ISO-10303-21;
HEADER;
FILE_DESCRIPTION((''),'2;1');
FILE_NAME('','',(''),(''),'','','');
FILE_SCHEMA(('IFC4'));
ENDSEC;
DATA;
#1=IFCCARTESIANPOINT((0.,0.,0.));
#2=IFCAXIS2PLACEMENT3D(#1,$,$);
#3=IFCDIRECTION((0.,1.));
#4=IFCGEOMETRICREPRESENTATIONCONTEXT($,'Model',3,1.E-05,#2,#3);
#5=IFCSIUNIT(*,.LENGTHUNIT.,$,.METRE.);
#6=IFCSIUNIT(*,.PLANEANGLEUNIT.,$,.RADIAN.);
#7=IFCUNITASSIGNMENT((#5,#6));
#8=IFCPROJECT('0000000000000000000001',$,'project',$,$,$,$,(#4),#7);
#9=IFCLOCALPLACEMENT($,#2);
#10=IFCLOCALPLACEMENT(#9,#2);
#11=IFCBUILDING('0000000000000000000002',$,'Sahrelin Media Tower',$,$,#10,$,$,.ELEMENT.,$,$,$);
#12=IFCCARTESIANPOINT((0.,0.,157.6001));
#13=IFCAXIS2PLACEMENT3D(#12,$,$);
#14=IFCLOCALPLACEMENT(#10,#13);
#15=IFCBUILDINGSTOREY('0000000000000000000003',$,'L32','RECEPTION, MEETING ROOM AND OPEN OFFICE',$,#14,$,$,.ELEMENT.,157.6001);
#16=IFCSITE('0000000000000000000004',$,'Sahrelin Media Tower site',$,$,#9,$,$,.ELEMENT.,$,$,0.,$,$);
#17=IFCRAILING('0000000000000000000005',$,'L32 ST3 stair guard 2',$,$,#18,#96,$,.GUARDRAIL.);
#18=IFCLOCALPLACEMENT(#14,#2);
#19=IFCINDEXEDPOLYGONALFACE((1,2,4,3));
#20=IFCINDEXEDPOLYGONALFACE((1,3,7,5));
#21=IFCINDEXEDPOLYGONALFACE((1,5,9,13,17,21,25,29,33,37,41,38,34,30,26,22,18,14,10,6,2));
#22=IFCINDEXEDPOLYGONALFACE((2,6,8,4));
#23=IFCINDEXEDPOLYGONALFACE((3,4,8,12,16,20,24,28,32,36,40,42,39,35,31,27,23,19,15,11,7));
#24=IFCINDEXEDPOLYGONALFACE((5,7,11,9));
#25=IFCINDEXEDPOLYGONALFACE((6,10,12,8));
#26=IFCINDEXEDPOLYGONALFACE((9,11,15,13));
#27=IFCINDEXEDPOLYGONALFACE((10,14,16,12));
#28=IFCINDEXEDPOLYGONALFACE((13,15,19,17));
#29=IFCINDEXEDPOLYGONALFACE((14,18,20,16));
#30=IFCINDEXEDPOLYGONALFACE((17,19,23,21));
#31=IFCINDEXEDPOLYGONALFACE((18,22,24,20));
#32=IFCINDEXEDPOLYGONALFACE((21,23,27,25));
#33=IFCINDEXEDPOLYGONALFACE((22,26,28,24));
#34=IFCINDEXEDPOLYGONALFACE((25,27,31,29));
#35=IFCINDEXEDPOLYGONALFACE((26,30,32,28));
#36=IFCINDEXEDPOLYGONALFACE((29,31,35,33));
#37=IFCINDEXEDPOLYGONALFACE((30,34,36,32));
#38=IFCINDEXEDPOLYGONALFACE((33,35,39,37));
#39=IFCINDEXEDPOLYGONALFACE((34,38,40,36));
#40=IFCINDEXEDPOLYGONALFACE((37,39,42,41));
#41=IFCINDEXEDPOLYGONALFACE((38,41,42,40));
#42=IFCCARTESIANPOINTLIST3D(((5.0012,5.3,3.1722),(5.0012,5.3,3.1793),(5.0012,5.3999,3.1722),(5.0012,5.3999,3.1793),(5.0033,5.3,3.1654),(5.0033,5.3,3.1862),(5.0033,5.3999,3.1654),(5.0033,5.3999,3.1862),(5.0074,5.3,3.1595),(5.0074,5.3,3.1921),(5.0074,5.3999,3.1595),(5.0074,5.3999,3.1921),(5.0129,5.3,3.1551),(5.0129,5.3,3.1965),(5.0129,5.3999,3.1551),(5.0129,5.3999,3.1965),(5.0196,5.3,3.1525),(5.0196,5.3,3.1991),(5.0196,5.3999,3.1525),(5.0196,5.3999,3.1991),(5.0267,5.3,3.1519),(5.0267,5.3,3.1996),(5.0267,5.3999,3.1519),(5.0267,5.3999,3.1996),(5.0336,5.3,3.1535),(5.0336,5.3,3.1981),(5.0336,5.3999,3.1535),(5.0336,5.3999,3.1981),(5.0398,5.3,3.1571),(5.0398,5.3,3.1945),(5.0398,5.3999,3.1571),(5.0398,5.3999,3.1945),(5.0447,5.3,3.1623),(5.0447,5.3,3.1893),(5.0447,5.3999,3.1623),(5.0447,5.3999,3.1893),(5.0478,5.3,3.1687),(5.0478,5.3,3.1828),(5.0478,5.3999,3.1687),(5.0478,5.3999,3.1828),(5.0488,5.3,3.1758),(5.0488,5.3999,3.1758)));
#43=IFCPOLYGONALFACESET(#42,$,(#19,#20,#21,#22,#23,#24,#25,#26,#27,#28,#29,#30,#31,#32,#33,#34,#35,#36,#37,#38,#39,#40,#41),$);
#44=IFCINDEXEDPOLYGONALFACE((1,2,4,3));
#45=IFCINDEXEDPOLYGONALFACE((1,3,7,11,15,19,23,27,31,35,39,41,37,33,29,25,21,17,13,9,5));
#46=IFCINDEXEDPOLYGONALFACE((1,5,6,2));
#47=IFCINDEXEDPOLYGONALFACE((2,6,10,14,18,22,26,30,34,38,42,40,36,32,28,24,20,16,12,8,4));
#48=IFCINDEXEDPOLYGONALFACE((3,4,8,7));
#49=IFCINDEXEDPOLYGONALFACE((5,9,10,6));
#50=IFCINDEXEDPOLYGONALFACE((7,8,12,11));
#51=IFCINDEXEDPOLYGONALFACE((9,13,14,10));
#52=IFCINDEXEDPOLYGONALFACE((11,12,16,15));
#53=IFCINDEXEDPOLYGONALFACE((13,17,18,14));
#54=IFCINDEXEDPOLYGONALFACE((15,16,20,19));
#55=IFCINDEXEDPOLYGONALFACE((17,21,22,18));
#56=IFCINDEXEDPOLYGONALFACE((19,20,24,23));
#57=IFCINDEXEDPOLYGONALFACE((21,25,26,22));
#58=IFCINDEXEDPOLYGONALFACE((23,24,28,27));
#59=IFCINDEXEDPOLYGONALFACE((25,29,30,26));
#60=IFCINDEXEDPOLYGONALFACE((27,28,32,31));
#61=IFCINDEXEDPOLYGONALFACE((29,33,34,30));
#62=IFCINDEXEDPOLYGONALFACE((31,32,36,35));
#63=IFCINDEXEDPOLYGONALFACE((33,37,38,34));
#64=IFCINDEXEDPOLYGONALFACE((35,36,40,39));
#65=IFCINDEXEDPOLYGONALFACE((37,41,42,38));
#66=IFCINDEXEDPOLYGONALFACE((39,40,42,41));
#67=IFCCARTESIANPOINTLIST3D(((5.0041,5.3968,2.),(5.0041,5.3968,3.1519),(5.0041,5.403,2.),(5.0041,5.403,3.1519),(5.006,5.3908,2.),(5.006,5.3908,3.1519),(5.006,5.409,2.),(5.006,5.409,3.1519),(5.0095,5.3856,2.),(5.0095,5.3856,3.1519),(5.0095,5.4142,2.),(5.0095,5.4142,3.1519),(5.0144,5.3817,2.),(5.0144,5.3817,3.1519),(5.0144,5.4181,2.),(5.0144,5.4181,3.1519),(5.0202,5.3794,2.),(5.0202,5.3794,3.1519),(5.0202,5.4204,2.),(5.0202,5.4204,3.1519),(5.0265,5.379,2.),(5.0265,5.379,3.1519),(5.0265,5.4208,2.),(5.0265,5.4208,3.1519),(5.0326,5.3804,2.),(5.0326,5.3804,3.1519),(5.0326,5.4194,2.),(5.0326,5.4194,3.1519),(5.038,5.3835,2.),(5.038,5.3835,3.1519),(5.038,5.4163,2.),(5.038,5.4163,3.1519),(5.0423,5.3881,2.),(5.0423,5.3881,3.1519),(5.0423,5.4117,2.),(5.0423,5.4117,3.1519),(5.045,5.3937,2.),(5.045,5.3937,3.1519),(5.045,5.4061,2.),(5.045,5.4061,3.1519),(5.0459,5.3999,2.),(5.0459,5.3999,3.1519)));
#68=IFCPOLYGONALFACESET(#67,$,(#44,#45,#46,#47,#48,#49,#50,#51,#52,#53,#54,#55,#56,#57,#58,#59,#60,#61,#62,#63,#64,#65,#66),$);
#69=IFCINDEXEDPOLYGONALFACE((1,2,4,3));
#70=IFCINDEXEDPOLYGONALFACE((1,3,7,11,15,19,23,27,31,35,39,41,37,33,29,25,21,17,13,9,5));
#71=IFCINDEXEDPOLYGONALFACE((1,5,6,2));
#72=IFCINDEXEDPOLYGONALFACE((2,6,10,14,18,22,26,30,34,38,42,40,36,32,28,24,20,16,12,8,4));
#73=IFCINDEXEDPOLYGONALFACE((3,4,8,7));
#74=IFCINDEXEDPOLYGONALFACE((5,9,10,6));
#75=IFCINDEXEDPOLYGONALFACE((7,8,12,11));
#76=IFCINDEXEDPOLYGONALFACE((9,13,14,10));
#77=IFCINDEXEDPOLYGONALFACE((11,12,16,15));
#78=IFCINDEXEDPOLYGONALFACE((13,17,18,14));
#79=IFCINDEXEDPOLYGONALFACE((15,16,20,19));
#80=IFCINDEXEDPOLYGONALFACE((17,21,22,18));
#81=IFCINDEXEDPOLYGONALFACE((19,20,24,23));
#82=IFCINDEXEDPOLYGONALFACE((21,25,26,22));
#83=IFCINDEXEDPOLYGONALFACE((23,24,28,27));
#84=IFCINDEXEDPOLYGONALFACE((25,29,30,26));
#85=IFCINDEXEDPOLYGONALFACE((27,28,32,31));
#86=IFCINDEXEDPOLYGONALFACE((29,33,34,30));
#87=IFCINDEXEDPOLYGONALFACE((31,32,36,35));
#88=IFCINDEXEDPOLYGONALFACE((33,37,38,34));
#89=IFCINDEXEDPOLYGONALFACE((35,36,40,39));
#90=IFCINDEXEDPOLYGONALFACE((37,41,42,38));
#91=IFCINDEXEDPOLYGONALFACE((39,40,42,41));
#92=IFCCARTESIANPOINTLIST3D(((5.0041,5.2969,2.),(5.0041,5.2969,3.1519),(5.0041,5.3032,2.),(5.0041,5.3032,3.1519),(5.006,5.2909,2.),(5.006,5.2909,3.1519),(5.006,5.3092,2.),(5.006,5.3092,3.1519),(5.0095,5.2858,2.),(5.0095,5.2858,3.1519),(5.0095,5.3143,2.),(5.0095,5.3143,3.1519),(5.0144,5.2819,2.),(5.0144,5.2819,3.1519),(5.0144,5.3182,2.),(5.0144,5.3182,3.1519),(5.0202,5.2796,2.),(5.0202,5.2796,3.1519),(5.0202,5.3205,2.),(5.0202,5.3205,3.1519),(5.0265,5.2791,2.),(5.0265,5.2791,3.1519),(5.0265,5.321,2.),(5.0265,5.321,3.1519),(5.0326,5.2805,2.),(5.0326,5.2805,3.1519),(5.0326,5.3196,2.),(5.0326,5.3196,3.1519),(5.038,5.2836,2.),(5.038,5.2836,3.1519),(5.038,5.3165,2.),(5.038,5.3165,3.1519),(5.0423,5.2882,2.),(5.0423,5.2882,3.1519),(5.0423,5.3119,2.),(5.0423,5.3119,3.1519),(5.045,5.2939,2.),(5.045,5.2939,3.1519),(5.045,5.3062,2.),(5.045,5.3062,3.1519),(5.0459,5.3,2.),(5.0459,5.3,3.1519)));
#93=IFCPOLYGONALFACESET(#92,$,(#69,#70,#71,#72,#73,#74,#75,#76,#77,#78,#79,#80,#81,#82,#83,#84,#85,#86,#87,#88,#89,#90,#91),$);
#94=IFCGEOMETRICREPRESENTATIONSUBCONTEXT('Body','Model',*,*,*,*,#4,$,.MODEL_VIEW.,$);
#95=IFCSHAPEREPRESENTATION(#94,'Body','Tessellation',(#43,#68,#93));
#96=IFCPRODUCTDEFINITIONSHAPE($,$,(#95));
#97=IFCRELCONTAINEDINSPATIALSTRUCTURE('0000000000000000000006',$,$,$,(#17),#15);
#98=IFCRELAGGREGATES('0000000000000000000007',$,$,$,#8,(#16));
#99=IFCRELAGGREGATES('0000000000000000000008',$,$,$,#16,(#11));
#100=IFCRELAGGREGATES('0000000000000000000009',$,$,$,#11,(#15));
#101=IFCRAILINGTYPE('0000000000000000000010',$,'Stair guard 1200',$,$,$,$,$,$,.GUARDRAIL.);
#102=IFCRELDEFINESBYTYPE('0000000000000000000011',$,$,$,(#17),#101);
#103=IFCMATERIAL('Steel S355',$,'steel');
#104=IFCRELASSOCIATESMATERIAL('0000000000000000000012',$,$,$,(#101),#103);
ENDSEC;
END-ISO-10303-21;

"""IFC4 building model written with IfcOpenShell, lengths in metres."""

from ifc_helpers import new_model, si_unit, direction, frame, origin, origin_2d, place, context, subcontext, project, spatial, circle, extrude, material, type_object, element, save


model = new_model("IFC4")

# Units and contexts
model_context = context("Model", 3, precision=1e-05, world=origin(), true_north=direction((0.0, 1.0)))
body_context = subcontext(model_context, "Body", "Model", "MODEL_VIEW")
ifc_project = project(units=[si_unit("LENGTHUNIT", "METRE"), si_unit("PLANEANGLEUNIT", "RADIAN")], contexts=[model_context])

# Site, building, storey
site_placement = place(None, origin())
site = spatial("IfcSite", under=ifc_project, at=site_placement, Name="Sahrelin Media Tower site", CompositionType="ELEMENT", RefElevation=0.0)
building_placement = place(site_placement, origin())
building = spatial("IfcBuilding", under=site, at=building_placement, Name="Sahrelin Media Tower", CompositionType="ELEMENT")
storey_placement = place(building_placement, frame((0.0, 0.0, 157.6001)))
storey = spatial("IfcBuildingStorey", under=building, at=storey_placement, Name="L32", Description="RECEPTION, MEETING ROOM AND OPEN OFFICE", CompositionType="ELEMENT", Elevation=157.6001)

# Shared definitions
ifc_material_1 = material(Name="Steel S355", Category="steel")

# Railing
railing_type_1 = type_object("IfcRailingType", Name="Stair guard 1200", PredefinedType="GUARDRAIL", material=ifc_material_1)
railing_1_placement = place(storey_placement, frame((5.0249, 5.3999, 2.0)))
element("IfcRailing", 1, at=railing_1_placement, inside=storey, type_object=railing_type_1, Name="L32 ST3 stair guard 2", PredefinedType="GUARDRAIL", context=body_context, shape_type="SweptSolid", body=[
    extrude(circle(Radius=0.0239, at=origin_2d()), frame((0.0, 0.0, 1.1758), z_axis=(0.0, -1.0, 0.0), x_axis=(1.0, 0.0, 0.0)), (0.0, 0.0, 1.0), 0.0999),
    extrude(circle(Radius=0.021, at=origin_2d()), origin(), (0.0, 0.0, 1.0), 1.1519),
    extrude(circle(Radius=0.021, at=origin_2d()), frame((0.0, -0.0999, 0.0)), (0.0, 0.0, 1.0), 1.1519),
])

save(model, "model.ifc")
